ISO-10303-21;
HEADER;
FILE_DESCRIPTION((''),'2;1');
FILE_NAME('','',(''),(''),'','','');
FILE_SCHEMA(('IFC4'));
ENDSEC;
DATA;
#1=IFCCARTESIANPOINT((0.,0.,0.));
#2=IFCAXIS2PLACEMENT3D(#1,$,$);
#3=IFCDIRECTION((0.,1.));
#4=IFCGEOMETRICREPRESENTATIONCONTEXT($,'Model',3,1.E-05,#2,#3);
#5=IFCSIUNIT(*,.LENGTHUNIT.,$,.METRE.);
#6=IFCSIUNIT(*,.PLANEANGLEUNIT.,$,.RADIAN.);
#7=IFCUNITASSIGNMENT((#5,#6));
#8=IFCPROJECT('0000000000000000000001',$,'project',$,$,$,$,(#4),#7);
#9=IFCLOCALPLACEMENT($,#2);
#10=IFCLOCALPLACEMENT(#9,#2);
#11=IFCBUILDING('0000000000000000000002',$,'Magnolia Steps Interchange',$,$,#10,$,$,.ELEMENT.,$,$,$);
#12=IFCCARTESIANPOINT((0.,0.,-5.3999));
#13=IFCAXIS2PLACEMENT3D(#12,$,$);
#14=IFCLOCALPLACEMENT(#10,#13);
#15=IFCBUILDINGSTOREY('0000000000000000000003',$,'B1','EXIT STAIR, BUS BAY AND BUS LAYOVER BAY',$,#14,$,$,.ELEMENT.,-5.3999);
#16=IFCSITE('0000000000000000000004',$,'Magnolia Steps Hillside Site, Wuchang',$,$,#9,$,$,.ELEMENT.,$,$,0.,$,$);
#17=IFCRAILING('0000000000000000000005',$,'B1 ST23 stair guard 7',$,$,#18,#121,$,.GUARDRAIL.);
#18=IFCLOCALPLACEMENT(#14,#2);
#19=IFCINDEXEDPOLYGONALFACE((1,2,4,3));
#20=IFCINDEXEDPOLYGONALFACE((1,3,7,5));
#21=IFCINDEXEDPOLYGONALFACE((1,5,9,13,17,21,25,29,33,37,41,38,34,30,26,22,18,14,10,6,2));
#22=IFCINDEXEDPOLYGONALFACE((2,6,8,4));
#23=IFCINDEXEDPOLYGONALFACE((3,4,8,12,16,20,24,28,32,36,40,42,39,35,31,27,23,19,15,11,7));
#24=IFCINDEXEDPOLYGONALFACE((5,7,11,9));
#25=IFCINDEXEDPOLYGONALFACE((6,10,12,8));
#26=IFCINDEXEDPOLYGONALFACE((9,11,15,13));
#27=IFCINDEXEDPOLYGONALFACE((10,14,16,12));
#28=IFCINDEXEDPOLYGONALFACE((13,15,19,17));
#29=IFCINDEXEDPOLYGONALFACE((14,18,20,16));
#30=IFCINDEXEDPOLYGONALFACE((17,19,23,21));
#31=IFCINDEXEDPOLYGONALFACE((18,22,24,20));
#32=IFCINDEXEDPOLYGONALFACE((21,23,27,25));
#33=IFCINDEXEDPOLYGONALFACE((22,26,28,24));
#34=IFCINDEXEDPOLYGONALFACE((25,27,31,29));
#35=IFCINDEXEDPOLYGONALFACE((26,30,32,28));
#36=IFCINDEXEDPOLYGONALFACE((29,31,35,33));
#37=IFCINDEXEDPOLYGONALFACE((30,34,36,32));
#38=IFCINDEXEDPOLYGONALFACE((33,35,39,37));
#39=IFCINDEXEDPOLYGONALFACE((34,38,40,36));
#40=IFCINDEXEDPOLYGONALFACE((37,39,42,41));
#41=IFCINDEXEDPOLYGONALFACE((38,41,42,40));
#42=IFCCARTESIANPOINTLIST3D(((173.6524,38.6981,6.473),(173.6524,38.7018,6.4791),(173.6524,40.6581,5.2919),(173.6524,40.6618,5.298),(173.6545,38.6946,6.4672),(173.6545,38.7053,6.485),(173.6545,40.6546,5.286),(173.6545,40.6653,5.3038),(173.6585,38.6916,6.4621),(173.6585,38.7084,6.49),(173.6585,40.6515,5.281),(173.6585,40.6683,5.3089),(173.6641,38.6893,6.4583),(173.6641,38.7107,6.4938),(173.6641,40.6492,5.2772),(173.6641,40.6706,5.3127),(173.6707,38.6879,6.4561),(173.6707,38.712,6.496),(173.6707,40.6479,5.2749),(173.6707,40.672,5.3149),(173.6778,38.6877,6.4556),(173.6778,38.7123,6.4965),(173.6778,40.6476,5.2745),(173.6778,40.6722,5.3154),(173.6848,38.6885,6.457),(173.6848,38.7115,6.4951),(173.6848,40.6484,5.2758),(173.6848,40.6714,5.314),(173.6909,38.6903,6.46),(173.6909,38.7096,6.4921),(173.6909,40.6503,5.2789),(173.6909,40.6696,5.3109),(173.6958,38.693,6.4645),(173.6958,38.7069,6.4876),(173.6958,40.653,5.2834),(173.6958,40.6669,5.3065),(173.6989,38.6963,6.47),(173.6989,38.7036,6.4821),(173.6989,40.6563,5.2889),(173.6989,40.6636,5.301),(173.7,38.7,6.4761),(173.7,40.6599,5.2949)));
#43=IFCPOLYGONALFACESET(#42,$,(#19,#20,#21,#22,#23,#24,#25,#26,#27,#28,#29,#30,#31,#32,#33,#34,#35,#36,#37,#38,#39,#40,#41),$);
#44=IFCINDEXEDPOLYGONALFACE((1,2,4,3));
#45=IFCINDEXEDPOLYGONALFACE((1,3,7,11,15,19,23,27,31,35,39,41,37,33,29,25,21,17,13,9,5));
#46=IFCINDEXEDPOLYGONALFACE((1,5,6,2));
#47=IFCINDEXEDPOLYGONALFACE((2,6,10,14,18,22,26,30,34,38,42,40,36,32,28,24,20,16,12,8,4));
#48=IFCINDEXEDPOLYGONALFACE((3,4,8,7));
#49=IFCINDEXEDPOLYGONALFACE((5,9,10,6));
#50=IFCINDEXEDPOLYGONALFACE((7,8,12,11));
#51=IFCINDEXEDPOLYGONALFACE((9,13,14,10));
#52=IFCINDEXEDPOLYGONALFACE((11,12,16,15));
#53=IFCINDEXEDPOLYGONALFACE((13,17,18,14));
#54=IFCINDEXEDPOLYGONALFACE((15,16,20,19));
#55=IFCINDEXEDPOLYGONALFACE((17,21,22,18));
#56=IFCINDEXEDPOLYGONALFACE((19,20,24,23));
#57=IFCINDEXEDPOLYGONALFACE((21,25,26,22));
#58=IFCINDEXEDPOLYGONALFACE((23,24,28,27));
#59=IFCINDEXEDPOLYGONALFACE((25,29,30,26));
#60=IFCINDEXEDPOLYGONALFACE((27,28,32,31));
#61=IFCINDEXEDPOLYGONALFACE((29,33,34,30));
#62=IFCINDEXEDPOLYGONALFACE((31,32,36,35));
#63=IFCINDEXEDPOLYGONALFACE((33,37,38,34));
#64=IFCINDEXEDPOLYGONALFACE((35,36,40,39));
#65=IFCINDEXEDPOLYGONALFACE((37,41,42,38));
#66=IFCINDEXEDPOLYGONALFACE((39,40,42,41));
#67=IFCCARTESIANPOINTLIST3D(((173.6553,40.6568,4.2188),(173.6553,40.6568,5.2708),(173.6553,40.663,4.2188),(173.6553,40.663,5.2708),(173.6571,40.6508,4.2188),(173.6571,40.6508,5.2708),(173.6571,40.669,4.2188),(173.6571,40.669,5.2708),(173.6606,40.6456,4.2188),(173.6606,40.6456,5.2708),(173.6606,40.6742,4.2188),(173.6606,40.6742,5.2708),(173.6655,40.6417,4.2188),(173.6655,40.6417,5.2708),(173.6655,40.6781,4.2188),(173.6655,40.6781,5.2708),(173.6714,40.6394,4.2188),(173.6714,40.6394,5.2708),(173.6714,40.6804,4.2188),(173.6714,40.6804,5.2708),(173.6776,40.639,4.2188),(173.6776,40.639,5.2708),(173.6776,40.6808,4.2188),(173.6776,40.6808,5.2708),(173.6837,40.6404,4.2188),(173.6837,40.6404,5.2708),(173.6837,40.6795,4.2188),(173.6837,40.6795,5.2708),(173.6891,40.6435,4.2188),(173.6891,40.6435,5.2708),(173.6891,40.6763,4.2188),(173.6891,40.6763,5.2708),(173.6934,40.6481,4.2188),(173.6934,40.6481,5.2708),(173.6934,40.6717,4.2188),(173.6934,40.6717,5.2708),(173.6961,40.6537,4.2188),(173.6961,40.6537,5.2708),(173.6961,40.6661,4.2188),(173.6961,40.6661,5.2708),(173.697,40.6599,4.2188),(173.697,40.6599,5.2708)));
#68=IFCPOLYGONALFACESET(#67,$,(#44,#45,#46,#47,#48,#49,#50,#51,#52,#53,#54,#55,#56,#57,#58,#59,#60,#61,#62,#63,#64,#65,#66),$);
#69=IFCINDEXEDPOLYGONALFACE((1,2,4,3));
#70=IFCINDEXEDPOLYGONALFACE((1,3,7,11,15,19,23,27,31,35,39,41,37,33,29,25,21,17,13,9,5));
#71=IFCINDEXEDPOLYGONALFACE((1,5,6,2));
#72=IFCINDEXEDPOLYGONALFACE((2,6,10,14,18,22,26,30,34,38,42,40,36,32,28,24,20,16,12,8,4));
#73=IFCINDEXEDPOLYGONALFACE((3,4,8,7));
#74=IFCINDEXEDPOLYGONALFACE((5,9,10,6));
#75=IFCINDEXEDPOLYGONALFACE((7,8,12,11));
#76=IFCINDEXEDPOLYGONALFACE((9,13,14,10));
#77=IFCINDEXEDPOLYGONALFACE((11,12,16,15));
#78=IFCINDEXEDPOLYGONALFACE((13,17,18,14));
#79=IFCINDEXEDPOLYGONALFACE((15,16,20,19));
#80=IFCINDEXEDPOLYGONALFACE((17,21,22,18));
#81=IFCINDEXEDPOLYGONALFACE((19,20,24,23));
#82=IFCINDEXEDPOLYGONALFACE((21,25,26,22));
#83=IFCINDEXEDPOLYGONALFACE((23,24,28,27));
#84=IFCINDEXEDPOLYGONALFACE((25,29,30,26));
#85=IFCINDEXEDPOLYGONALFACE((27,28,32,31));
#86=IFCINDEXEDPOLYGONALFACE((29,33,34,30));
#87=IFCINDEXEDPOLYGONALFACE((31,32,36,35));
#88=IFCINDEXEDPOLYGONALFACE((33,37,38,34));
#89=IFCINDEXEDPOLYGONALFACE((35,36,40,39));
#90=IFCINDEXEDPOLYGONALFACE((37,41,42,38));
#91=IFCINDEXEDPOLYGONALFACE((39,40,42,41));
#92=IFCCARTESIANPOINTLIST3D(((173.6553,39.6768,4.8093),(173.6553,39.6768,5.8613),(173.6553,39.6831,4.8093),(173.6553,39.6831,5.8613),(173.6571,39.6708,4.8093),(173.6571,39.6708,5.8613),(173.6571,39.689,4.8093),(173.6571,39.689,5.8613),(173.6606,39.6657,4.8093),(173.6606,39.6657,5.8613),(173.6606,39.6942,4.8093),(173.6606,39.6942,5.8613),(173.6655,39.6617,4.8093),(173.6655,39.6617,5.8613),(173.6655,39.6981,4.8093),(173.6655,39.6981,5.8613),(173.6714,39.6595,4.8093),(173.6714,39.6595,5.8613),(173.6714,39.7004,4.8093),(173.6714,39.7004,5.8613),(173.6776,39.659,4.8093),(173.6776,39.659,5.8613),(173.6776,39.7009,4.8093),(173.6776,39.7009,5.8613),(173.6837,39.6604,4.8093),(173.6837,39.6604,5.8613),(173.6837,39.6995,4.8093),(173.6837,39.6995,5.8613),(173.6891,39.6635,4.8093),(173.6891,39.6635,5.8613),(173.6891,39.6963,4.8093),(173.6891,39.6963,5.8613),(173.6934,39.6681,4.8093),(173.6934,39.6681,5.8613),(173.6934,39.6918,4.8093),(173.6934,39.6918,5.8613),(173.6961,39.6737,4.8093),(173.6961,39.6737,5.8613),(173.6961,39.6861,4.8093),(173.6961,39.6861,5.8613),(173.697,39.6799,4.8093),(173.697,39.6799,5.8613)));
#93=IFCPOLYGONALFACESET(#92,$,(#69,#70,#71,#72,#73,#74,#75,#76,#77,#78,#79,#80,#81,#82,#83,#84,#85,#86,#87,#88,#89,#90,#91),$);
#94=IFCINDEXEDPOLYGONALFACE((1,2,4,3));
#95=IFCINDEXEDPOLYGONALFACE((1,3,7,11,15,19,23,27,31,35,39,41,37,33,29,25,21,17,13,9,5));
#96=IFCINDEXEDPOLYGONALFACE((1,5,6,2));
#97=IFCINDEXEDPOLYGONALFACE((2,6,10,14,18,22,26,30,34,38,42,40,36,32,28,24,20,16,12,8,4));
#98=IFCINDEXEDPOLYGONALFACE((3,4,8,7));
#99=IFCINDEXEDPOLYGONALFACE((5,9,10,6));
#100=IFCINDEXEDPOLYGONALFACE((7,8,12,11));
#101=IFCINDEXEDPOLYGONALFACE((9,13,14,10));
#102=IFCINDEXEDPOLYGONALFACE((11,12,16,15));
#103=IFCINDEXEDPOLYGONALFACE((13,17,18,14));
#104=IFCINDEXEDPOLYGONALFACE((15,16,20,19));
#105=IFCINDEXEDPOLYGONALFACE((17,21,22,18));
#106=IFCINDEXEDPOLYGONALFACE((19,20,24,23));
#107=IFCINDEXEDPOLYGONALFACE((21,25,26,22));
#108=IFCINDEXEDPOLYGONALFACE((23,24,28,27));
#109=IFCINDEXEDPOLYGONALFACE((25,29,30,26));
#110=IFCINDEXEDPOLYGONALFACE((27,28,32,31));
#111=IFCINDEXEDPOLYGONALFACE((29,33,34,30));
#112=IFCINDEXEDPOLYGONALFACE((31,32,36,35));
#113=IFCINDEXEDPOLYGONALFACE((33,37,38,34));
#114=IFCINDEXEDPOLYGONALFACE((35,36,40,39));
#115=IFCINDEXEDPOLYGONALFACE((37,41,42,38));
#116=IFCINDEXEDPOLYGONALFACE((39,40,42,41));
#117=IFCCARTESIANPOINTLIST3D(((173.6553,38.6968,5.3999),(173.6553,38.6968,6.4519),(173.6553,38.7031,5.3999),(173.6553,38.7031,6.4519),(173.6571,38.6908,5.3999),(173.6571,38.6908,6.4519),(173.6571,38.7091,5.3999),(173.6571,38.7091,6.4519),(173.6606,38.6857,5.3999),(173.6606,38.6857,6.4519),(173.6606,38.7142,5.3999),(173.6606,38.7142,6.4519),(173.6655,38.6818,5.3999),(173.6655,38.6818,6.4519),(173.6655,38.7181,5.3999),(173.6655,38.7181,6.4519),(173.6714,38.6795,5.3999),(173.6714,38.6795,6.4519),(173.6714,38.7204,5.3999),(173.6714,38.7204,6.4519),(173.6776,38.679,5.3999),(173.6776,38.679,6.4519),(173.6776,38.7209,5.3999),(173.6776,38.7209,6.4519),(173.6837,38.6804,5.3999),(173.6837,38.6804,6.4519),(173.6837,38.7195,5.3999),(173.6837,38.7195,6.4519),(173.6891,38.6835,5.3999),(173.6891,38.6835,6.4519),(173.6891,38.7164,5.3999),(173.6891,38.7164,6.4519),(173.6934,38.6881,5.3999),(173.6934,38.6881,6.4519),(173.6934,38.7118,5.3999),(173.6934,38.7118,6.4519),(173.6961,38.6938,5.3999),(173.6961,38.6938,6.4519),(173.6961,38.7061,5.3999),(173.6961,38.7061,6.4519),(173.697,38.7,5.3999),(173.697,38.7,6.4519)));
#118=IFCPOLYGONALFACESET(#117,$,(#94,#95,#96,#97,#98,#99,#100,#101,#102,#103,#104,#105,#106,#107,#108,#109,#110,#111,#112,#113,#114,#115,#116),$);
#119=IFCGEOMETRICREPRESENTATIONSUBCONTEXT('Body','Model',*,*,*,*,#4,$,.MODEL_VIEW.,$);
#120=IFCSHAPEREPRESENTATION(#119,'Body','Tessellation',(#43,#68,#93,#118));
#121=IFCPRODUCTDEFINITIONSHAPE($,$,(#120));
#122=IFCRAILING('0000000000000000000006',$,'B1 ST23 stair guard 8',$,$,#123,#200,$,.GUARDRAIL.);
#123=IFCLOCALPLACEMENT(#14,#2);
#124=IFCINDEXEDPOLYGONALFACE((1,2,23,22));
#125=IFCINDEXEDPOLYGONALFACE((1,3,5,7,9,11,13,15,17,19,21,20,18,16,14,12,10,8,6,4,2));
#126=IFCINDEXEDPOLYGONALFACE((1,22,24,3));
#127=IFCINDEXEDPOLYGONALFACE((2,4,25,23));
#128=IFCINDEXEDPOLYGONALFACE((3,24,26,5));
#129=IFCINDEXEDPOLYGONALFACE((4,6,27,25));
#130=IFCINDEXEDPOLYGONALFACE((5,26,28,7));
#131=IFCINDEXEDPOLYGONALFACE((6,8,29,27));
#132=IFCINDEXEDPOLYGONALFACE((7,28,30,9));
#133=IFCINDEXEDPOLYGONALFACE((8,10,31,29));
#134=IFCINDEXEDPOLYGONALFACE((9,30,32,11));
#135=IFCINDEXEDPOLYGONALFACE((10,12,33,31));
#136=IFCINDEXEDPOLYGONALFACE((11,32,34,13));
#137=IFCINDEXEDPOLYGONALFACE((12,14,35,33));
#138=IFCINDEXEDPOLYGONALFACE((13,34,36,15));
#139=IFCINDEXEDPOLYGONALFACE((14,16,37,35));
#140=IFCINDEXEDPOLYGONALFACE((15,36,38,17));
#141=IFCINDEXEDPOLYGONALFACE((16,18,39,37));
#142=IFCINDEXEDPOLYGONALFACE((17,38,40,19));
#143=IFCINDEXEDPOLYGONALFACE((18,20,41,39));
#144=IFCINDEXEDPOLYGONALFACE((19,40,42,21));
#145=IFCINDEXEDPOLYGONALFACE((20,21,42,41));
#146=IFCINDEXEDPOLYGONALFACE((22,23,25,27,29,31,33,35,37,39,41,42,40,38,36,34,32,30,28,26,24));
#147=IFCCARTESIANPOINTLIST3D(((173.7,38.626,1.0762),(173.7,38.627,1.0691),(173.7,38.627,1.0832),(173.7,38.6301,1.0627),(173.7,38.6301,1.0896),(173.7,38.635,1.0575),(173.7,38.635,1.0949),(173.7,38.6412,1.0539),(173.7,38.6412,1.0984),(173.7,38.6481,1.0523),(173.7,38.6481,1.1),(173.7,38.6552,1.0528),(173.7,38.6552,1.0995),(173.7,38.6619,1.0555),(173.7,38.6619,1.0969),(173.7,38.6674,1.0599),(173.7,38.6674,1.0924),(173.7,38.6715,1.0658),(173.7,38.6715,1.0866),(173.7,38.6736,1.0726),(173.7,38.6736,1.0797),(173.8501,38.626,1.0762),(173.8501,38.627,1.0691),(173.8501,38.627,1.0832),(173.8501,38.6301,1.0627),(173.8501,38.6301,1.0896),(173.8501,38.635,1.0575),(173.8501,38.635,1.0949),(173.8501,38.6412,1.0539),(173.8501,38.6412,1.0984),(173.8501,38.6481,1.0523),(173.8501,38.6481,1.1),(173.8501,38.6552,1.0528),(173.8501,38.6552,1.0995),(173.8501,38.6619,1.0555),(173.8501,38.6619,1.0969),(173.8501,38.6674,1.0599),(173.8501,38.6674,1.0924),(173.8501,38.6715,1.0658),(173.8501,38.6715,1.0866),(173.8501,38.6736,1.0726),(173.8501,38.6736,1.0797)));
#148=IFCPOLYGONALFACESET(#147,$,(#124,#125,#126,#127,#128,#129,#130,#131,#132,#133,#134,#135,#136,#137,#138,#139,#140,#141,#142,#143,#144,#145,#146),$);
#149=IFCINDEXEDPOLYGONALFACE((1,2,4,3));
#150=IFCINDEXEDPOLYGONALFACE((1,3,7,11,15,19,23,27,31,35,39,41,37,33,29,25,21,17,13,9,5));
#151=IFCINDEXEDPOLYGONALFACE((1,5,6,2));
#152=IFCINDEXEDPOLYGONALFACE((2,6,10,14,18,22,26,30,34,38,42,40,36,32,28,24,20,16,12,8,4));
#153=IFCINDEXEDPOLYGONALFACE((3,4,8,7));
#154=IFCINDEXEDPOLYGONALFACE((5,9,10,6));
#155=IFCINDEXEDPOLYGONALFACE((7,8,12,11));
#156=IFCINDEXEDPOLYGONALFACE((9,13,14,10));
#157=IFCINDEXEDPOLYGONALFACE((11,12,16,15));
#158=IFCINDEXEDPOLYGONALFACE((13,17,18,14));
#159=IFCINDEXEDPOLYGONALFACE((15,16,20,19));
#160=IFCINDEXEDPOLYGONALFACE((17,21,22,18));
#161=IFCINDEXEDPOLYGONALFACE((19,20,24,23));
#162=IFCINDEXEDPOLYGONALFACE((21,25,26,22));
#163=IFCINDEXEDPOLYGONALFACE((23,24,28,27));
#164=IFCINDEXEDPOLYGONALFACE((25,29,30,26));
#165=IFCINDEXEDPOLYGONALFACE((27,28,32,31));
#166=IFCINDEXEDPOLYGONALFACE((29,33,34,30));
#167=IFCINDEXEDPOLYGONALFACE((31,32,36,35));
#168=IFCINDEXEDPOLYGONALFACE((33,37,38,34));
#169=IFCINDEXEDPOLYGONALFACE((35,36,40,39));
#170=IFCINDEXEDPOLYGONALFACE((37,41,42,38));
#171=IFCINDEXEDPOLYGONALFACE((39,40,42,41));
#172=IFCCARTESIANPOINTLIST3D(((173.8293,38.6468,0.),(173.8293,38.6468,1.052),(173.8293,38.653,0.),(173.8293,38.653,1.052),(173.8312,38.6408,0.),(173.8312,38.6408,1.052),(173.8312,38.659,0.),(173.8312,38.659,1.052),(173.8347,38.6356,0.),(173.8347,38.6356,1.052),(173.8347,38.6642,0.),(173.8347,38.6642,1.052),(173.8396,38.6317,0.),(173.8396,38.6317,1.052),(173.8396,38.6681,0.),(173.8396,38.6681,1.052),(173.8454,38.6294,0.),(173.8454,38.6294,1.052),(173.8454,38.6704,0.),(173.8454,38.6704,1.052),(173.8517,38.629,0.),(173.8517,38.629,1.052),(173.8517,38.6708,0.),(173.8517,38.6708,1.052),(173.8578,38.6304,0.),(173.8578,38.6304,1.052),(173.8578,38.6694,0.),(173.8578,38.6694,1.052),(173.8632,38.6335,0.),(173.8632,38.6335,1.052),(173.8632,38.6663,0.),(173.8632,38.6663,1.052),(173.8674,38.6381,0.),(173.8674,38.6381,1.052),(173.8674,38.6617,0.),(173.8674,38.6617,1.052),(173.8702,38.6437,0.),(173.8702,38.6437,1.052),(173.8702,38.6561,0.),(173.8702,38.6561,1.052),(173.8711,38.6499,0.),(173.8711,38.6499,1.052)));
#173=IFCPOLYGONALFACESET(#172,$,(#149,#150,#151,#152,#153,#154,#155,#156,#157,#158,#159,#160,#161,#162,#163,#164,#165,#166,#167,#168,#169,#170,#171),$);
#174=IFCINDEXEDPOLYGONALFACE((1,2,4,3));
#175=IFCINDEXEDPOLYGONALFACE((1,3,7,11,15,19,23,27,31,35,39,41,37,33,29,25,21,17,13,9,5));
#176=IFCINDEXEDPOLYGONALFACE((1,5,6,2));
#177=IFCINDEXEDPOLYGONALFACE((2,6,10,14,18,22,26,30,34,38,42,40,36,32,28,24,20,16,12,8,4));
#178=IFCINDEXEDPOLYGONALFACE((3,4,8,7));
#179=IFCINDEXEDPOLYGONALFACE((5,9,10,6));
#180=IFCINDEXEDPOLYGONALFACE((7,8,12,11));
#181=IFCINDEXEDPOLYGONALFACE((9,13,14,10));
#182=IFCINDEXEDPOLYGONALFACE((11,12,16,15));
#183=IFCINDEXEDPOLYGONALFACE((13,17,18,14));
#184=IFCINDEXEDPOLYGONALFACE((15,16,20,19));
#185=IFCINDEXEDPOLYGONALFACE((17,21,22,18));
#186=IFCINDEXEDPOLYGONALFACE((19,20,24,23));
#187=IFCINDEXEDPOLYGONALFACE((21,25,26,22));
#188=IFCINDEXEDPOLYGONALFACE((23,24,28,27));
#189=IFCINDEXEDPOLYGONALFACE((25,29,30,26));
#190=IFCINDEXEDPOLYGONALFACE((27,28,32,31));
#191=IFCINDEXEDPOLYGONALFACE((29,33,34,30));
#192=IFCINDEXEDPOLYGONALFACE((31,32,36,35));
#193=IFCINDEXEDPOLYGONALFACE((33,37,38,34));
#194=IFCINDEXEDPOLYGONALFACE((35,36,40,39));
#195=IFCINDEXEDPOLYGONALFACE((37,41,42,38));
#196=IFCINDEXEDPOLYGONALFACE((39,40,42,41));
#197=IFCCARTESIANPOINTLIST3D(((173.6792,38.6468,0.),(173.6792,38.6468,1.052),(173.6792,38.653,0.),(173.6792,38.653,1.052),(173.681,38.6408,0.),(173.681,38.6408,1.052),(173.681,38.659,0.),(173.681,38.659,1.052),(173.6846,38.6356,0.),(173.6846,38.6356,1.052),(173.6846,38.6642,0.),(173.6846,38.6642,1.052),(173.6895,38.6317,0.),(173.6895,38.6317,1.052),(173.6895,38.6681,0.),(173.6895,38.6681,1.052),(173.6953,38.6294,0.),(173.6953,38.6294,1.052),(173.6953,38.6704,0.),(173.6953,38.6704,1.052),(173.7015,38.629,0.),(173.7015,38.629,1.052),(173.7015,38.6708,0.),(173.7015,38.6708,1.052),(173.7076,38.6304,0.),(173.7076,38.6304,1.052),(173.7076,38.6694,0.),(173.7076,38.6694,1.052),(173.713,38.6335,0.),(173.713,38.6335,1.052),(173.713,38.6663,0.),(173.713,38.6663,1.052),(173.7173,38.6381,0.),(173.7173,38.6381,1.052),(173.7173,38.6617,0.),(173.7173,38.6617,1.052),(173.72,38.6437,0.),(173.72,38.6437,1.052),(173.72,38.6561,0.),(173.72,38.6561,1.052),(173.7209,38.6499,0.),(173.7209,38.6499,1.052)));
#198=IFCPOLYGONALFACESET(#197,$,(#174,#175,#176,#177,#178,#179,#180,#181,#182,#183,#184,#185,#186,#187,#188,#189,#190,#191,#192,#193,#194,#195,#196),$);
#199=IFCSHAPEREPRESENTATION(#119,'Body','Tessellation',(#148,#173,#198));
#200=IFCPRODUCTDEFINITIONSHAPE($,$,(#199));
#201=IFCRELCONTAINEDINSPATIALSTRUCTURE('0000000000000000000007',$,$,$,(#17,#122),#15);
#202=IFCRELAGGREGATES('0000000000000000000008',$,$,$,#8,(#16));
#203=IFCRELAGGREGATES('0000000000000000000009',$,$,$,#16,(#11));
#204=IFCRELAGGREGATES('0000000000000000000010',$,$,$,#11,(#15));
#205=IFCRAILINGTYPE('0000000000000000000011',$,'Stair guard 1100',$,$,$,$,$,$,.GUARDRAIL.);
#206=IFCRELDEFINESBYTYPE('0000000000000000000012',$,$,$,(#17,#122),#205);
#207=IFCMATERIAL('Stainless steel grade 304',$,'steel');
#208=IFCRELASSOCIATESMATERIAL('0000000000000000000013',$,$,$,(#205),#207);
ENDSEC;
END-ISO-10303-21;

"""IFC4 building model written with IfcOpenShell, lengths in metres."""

from ifc_helpers import new_model, si_unit, direction, frame, origin, origin_2d, place, context, subcontext, project, spatial, circle, extrude, material, type_object, element, save


model = new_model("IFC4")

# Units and contexts
model_context = context("Model", 3, precision=1e-05, world=origin(), true_north=direction((0.0, 1.0)))
body_context = subcontext(model_context, "Body", "Model", "MODEL_VIEW")
ifc_project = project(units=[si_unit("LENGTHUNIT", "METRE"), si_unit("PLANEANGLEUNIT", "RADIAN")], contexts=[model_context])

# Site, building, storey
site_placement = place(None, origin())
site = spatial("IfcSite", under=ifc_project, at=site_placement, Name="Magnolia Steps Hillside Site, Wuchang", CompositionType="ELEMENT", RefElevation=0.0)
building_placement = place(site_placement, origin())
building = spatial("IfcBuilding", under=site, at=building_placement, Name="Magnolia Steps Interchange", CompositionType="ELEMENT")
storey_placement = place(building_placement, frame((0.0, 0.0, -5.3999)))
storey = spatial("IfcBuildingStorey", under=building, at=storey_placement, Name="B1", Description="EXIT STAIR, BUS BAY AND BUS LAYOVER BAY", CompositionType="ELEMENT", Elevation=-5.3999)

# Railings
ifc_material_1 = material(Name="Stainless steel grade 304", Category="steel")
railing_type_1 = type_object("IfcRailingType", Name="Stair guard 1100", PredefinedType="GUARDRAIL", material=ifc_material_1)
railing_1_placement = place(storey_placement, frame((173.676, 40.6599, 4.2188)))
element("IfcRailing", 1, at=railing_1_placement, inside=storey, type_object=railing_type_1, Name="B1 ST23 stair guard 7", PredefinedType="GUARDRAIL", context=body_context, shape_type="SweptSolid", body=[
    extrude(circle(Radius=0.0239, at=origin_2d()), frame((0.0, 0.0, 1.0762), z_axis=(0.0, -0.856493, 0.516158), x_axis=(1.0, 0.0, 0.0)), (0.0, 0.0, 1.0), 2.2883),
    extrude(circle(Radius=0.021, at=origin_2d()), origin(), (0.0, 0.0, 1.0), 1.052),
    extrude(circle(Radius=0.021, at=origin_2d()), frame((0.0, -0.98, 0.5906)), (0.0, 0.0, 1.0), 1.052),
    extrude(circle(Radius=0.021, at=origin_2d()), frame((0.0, -1.96, 1.1812)), (0.0, 0.0, 1.0), 1.052),
])
railing_2_placement = place(storey_placement, frame((173.8501, 38.6499, 0.0)))
element("IfcRailing", 2, at=railing_2_placement, inside=storey, type_object=railing_type_1, Name="B1 ST23 stair guard 8", PredefinedType="GUARDRAIL", context=body_context, shape_type="SweptSolid", body=[
    extrude(circle(Radius=0.0239, at=origin_2d()), frame((0.0, 0.0, 1.0762), z_axis=(-1.0, 0.0, 0.0), x_axis=(0.0, -1.0, 0.0)), (0.0, 0.0, 1.0), 0.1501),
    extrude(circle(Radius=0.021, at=origin_2d()), origin(), (0.0, 0.0, 1.0), 1.052),
    extrude(circle(Radius=0.021, at=origin_2d()), frame((-0.1501, 0.0, 0.0)), (0.0, 0.0, 1.0), 1.052),
])

save(model, "model.ifc")
